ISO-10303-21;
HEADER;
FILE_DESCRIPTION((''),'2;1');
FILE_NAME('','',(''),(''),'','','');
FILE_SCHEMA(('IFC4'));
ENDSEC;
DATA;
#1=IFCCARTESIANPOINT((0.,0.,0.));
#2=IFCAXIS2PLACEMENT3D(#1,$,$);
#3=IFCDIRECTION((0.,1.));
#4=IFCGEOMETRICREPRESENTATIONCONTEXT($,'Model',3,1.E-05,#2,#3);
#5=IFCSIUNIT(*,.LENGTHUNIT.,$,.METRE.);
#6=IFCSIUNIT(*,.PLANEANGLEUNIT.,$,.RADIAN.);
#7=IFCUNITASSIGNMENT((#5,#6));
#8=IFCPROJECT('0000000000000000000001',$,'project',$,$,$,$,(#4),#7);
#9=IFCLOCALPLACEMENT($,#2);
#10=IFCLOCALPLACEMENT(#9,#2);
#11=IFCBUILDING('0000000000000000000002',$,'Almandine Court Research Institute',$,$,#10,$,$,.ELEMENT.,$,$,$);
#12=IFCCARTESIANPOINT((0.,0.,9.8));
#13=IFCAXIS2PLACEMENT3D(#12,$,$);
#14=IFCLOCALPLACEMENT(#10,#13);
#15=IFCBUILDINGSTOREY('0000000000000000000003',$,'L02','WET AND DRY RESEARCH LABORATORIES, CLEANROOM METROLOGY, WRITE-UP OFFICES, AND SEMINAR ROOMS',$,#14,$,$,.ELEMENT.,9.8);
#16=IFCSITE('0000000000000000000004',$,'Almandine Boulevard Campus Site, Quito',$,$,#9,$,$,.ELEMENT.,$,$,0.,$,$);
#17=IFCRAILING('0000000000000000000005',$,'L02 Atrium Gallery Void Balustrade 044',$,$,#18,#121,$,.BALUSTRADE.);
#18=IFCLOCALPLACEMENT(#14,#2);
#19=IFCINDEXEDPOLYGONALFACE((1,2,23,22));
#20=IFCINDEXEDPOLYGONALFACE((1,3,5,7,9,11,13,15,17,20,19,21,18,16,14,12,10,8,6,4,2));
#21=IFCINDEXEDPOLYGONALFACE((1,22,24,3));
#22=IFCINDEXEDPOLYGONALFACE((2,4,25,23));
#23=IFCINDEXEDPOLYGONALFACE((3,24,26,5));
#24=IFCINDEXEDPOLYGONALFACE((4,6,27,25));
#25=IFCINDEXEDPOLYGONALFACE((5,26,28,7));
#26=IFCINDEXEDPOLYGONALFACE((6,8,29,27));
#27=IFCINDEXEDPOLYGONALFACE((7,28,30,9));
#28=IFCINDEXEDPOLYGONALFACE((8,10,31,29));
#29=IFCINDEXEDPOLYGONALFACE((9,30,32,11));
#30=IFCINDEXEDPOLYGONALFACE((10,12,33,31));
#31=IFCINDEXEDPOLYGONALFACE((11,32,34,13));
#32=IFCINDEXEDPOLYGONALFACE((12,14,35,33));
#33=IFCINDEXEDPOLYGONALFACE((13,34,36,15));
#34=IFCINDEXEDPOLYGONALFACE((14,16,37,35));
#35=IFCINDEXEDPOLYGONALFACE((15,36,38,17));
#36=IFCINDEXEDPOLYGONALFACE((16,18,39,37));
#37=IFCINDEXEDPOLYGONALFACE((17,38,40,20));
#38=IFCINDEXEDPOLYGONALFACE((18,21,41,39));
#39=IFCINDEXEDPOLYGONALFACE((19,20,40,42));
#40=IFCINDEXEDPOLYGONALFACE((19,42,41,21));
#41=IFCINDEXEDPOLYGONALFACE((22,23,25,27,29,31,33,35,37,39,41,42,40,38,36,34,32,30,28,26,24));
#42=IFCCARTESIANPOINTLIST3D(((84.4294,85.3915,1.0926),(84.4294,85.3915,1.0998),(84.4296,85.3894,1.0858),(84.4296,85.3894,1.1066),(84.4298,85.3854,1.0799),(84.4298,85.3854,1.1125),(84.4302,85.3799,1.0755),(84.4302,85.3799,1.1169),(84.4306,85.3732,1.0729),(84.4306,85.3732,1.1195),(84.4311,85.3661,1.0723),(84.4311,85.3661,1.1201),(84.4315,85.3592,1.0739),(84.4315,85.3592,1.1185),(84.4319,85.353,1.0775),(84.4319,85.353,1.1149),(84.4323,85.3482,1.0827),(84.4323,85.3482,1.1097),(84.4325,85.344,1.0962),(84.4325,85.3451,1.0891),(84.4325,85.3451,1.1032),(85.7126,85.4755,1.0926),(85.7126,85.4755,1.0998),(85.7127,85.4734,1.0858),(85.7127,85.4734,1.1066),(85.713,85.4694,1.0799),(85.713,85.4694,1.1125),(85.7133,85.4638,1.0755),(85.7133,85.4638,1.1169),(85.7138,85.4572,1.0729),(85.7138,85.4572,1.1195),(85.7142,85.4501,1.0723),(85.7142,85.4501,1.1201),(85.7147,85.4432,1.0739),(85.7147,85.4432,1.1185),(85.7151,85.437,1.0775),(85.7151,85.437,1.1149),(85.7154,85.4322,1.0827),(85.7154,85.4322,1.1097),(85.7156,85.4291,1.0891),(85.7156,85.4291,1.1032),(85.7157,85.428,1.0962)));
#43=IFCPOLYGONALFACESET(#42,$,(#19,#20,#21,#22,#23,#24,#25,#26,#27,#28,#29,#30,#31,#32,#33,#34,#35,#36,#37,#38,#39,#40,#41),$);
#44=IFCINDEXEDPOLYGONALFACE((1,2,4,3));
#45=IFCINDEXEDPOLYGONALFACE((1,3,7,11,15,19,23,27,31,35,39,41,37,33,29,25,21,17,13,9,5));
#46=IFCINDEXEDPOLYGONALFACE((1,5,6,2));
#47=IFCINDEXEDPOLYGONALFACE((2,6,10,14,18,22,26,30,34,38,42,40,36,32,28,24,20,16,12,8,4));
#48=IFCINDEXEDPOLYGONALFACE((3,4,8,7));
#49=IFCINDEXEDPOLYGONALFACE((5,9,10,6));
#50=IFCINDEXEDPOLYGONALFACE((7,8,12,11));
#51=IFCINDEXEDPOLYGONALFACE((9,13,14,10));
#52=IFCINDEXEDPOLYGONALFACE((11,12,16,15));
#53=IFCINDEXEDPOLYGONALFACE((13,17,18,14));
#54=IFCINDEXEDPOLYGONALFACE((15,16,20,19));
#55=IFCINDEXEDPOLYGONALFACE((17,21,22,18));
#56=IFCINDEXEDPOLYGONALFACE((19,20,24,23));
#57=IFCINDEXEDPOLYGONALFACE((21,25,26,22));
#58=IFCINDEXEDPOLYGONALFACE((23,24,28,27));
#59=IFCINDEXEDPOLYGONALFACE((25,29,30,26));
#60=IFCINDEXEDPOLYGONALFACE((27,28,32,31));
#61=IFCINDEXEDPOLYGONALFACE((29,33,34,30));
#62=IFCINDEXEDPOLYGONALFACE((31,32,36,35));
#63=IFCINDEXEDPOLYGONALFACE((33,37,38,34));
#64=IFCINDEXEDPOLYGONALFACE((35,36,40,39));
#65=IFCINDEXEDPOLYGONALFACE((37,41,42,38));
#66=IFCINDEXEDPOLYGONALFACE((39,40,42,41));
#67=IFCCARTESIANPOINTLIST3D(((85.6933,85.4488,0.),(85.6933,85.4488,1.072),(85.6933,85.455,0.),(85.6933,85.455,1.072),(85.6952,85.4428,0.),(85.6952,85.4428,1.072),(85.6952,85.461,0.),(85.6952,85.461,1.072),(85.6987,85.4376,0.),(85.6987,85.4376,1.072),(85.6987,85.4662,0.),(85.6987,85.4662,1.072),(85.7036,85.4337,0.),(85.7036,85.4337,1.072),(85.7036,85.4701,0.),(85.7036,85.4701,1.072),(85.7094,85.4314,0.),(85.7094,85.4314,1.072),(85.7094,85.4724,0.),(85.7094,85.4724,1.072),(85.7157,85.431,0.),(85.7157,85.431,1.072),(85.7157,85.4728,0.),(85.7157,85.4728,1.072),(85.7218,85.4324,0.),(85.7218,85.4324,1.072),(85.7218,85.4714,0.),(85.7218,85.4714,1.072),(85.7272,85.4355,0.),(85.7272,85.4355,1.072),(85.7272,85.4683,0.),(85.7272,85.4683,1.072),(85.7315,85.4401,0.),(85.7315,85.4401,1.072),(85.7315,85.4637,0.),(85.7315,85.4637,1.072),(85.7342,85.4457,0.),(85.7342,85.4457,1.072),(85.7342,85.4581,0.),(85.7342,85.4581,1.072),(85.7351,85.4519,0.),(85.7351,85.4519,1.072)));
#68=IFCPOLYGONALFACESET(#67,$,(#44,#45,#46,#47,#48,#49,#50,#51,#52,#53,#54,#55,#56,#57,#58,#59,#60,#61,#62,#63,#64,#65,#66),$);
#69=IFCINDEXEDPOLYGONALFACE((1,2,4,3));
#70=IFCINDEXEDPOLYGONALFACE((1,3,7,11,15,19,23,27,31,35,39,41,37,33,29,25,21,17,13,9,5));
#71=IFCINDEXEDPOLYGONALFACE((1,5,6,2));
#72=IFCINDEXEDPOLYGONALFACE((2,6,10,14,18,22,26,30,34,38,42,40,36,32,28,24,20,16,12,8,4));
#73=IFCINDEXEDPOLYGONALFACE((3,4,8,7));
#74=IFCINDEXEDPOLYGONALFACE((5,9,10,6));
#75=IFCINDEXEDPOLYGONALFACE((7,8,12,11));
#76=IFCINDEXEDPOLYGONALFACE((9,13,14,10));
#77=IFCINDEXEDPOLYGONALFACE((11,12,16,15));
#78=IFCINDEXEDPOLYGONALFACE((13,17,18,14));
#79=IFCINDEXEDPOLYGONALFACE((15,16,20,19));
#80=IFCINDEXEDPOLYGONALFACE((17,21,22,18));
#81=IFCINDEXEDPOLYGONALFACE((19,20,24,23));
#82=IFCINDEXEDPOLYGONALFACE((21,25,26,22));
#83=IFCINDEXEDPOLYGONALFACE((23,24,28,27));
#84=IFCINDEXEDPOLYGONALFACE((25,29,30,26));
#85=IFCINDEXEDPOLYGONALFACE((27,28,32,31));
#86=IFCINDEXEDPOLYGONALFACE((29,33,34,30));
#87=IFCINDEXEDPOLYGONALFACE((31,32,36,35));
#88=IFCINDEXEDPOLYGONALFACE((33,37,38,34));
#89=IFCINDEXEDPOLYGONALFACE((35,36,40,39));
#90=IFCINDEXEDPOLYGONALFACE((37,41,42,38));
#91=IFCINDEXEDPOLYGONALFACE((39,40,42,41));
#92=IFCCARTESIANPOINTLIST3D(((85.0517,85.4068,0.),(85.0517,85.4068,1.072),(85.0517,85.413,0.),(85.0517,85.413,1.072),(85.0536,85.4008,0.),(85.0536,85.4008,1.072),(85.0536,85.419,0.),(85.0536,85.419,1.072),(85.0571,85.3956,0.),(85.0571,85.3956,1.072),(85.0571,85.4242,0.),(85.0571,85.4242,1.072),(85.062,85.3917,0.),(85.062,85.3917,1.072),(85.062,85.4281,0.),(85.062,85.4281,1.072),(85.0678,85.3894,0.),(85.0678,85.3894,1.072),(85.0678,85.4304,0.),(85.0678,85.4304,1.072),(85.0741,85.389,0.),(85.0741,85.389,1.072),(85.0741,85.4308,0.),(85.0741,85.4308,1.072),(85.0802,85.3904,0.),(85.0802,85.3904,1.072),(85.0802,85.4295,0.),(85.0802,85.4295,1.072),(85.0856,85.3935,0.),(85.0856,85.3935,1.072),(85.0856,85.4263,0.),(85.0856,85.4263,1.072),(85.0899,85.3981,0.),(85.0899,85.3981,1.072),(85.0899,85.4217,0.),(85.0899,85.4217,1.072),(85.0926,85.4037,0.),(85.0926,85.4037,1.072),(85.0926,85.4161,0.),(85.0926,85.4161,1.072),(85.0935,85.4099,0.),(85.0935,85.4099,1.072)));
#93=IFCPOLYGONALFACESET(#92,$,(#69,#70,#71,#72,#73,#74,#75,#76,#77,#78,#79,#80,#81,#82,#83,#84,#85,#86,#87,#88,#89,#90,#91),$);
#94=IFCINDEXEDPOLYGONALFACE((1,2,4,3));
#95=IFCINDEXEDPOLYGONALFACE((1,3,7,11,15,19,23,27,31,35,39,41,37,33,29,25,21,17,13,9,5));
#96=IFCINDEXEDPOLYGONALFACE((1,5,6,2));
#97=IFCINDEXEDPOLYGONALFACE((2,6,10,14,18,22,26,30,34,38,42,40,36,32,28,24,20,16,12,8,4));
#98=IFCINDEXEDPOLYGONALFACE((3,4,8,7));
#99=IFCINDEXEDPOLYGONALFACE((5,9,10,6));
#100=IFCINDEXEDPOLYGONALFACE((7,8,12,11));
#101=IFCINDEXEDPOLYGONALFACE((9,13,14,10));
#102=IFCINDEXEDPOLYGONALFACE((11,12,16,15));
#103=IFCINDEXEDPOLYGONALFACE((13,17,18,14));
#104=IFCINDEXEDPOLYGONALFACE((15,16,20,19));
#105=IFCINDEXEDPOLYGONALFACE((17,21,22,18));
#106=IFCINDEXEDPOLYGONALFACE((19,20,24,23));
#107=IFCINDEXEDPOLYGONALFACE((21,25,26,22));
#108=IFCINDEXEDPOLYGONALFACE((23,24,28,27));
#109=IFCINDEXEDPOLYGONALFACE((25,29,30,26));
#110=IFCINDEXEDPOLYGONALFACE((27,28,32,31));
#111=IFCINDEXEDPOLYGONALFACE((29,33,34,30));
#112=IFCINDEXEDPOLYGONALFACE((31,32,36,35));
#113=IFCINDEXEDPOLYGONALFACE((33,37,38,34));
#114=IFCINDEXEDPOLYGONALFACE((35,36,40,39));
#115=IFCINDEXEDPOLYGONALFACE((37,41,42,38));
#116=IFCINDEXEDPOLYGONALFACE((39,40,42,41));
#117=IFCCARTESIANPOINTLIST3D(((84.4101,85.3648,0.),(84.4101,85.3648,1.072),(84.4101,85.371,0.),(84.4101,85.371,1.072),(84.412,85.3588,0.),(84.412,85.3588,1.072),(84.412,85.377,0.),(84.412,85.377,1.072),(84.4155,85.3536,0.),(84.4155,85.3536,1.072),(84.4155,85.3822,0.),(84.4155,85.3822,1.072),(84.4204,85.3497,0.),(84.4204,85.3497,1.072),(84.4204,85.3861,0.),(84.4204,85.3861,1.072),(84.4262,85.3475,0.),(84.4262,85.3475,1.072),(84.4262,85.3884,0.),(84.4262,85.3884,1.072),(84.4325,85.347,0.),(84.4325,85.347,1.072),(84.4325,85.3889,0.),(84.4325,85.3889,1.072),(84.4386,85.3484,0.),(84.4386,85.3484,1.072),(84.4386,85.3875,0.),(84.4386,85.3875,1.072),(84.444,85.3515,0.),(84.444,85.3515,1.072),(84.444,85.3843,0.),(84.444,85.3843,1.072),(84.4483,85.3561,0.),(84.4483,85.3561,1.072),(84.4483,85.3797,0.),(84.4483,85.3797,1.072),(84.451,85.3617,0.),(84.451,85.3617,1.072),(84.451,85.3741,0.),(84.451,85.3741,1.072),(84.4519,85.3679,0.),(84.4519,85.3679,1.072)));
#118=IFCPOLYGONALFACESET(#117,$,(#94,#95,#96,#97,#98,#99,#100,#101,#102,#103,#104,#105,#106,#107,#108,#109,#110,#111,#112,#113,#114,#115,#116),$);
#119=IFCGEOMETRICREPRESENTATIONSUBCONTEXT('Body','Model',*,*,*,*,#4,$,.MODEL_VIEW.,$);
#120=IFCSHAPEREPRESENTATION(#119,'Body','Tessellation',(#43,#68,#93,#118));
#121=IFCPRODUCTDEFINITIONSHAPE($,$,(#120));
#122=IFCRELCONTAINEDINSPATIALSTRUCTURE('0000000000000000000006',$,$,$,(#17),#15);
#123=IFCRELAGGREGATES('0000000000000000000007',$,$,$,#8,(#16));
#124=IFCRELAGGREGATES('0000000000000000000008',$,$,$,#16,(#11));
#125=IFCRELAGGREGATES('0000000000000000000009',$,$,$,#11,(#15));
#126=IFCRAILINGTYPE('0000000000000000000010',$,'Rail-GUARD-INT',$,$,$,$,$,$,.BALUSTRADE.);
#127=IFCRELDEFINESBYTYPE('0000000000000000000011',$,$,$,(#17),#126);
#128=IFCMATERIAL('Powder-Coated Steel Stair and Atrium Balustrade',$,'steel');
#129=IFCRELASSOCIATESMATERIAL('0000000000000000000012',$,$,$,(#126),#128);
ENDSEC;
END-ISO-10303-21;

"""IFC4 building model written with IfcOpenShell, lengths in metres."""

from ifc_helpers import new_model, si_unit, direction, frame, origin, origin_2d, place, context, subcontext, project, spatial, circle, extrude, material, type_object, element, save


model = new_model("IFC4")

# Units and contexts
model_context = context("Model", 3, precision=1e-05, world=origin(), true_north=direction((0.0, 1.0)))
body_context = subcontext(model_context, "Body", "Model", "MODEL_VIEW")
ifc_project = project(units=[si_unit("LENGTHUNIT", "METRE"), si_unit("PLANEANGLEUNIT", "RADIAN")], contexts=[model_context])

# Site, building, storey
site_placement = place(None, origin())
site = spatial("IfcSite", under=ifc_project, at=site_placement, Name="Almandine Boulevard Campus Site, Quito", CompositionType="ELEMENT", RefElevation=0.0)
building_placement = place(site_placement, origin())
building = spatial("IfcBuilding", under=site, at=building_placement, Name="Almandine Court Research Institute", CompositionType="ELEMENT")
storey_placement = place(building_placement, frame((0.0, 0.0, 9.8)))
storey = spatial("IfcBuildingStorey", under=building, at=storey_placement, Name="L02", Description="WET AND DRY RESEARCH LABORATORIES, CLEANROOM METROLOGY, WRITE-UP OFFICES, AND SEMINAR ROOMS", CompositionType="ELEMENT", Elevation=9.8)

# Railing
ifc_material_1 = material(Name="Powder-Coated Steel Stair and Atrium Balustrade", Category="steel")
railing_type_1 = type_object("IfcRailingType", Name="Rail-GUARD-INT", PredefinedType="BALUSTRADE", material=ifc_material_1)
railing_1_placement = place(storey_placement, frame((85.7141, 85.4519, 0.0)))
element("IfcRailing", 1, at=railing_1_placement, inside=storey, type_object=railing_type_1, Name="L02 Atrium Gallery Void Balustrade 044", PredefinedType="BALUSTRADE", context=body_context, shape_type="SweptSolid", body=[
    extrude(circle(Radius=0.0239, at=origin_2d()), frame((0.0, 0.0, 1.0962), z_axis=(-0.997865, -0.065309, 0.0), x_axis=(0.065309, -0.997865, 0.0)), (0.0, 0.0, 1.0), 1.2859),
    extrude(circle(Radius=0.021, at=origin_2d()), origin(), (0.0, 0.0, 1.0), 1.072),
    extrude(circle(Radius=0.021, at=origin_2d()), frame((-0.6416, -0.042, 0.0)), (0.0, 0.0, 1.0), 1.072),
    extrude(circle(Radius=0.021, at=origin_2d()), frame((-1.2832, -0.084, 0.0)), (0.0, 0.0, 1.0), 1.072),
])

save(model, "model.ifc")
